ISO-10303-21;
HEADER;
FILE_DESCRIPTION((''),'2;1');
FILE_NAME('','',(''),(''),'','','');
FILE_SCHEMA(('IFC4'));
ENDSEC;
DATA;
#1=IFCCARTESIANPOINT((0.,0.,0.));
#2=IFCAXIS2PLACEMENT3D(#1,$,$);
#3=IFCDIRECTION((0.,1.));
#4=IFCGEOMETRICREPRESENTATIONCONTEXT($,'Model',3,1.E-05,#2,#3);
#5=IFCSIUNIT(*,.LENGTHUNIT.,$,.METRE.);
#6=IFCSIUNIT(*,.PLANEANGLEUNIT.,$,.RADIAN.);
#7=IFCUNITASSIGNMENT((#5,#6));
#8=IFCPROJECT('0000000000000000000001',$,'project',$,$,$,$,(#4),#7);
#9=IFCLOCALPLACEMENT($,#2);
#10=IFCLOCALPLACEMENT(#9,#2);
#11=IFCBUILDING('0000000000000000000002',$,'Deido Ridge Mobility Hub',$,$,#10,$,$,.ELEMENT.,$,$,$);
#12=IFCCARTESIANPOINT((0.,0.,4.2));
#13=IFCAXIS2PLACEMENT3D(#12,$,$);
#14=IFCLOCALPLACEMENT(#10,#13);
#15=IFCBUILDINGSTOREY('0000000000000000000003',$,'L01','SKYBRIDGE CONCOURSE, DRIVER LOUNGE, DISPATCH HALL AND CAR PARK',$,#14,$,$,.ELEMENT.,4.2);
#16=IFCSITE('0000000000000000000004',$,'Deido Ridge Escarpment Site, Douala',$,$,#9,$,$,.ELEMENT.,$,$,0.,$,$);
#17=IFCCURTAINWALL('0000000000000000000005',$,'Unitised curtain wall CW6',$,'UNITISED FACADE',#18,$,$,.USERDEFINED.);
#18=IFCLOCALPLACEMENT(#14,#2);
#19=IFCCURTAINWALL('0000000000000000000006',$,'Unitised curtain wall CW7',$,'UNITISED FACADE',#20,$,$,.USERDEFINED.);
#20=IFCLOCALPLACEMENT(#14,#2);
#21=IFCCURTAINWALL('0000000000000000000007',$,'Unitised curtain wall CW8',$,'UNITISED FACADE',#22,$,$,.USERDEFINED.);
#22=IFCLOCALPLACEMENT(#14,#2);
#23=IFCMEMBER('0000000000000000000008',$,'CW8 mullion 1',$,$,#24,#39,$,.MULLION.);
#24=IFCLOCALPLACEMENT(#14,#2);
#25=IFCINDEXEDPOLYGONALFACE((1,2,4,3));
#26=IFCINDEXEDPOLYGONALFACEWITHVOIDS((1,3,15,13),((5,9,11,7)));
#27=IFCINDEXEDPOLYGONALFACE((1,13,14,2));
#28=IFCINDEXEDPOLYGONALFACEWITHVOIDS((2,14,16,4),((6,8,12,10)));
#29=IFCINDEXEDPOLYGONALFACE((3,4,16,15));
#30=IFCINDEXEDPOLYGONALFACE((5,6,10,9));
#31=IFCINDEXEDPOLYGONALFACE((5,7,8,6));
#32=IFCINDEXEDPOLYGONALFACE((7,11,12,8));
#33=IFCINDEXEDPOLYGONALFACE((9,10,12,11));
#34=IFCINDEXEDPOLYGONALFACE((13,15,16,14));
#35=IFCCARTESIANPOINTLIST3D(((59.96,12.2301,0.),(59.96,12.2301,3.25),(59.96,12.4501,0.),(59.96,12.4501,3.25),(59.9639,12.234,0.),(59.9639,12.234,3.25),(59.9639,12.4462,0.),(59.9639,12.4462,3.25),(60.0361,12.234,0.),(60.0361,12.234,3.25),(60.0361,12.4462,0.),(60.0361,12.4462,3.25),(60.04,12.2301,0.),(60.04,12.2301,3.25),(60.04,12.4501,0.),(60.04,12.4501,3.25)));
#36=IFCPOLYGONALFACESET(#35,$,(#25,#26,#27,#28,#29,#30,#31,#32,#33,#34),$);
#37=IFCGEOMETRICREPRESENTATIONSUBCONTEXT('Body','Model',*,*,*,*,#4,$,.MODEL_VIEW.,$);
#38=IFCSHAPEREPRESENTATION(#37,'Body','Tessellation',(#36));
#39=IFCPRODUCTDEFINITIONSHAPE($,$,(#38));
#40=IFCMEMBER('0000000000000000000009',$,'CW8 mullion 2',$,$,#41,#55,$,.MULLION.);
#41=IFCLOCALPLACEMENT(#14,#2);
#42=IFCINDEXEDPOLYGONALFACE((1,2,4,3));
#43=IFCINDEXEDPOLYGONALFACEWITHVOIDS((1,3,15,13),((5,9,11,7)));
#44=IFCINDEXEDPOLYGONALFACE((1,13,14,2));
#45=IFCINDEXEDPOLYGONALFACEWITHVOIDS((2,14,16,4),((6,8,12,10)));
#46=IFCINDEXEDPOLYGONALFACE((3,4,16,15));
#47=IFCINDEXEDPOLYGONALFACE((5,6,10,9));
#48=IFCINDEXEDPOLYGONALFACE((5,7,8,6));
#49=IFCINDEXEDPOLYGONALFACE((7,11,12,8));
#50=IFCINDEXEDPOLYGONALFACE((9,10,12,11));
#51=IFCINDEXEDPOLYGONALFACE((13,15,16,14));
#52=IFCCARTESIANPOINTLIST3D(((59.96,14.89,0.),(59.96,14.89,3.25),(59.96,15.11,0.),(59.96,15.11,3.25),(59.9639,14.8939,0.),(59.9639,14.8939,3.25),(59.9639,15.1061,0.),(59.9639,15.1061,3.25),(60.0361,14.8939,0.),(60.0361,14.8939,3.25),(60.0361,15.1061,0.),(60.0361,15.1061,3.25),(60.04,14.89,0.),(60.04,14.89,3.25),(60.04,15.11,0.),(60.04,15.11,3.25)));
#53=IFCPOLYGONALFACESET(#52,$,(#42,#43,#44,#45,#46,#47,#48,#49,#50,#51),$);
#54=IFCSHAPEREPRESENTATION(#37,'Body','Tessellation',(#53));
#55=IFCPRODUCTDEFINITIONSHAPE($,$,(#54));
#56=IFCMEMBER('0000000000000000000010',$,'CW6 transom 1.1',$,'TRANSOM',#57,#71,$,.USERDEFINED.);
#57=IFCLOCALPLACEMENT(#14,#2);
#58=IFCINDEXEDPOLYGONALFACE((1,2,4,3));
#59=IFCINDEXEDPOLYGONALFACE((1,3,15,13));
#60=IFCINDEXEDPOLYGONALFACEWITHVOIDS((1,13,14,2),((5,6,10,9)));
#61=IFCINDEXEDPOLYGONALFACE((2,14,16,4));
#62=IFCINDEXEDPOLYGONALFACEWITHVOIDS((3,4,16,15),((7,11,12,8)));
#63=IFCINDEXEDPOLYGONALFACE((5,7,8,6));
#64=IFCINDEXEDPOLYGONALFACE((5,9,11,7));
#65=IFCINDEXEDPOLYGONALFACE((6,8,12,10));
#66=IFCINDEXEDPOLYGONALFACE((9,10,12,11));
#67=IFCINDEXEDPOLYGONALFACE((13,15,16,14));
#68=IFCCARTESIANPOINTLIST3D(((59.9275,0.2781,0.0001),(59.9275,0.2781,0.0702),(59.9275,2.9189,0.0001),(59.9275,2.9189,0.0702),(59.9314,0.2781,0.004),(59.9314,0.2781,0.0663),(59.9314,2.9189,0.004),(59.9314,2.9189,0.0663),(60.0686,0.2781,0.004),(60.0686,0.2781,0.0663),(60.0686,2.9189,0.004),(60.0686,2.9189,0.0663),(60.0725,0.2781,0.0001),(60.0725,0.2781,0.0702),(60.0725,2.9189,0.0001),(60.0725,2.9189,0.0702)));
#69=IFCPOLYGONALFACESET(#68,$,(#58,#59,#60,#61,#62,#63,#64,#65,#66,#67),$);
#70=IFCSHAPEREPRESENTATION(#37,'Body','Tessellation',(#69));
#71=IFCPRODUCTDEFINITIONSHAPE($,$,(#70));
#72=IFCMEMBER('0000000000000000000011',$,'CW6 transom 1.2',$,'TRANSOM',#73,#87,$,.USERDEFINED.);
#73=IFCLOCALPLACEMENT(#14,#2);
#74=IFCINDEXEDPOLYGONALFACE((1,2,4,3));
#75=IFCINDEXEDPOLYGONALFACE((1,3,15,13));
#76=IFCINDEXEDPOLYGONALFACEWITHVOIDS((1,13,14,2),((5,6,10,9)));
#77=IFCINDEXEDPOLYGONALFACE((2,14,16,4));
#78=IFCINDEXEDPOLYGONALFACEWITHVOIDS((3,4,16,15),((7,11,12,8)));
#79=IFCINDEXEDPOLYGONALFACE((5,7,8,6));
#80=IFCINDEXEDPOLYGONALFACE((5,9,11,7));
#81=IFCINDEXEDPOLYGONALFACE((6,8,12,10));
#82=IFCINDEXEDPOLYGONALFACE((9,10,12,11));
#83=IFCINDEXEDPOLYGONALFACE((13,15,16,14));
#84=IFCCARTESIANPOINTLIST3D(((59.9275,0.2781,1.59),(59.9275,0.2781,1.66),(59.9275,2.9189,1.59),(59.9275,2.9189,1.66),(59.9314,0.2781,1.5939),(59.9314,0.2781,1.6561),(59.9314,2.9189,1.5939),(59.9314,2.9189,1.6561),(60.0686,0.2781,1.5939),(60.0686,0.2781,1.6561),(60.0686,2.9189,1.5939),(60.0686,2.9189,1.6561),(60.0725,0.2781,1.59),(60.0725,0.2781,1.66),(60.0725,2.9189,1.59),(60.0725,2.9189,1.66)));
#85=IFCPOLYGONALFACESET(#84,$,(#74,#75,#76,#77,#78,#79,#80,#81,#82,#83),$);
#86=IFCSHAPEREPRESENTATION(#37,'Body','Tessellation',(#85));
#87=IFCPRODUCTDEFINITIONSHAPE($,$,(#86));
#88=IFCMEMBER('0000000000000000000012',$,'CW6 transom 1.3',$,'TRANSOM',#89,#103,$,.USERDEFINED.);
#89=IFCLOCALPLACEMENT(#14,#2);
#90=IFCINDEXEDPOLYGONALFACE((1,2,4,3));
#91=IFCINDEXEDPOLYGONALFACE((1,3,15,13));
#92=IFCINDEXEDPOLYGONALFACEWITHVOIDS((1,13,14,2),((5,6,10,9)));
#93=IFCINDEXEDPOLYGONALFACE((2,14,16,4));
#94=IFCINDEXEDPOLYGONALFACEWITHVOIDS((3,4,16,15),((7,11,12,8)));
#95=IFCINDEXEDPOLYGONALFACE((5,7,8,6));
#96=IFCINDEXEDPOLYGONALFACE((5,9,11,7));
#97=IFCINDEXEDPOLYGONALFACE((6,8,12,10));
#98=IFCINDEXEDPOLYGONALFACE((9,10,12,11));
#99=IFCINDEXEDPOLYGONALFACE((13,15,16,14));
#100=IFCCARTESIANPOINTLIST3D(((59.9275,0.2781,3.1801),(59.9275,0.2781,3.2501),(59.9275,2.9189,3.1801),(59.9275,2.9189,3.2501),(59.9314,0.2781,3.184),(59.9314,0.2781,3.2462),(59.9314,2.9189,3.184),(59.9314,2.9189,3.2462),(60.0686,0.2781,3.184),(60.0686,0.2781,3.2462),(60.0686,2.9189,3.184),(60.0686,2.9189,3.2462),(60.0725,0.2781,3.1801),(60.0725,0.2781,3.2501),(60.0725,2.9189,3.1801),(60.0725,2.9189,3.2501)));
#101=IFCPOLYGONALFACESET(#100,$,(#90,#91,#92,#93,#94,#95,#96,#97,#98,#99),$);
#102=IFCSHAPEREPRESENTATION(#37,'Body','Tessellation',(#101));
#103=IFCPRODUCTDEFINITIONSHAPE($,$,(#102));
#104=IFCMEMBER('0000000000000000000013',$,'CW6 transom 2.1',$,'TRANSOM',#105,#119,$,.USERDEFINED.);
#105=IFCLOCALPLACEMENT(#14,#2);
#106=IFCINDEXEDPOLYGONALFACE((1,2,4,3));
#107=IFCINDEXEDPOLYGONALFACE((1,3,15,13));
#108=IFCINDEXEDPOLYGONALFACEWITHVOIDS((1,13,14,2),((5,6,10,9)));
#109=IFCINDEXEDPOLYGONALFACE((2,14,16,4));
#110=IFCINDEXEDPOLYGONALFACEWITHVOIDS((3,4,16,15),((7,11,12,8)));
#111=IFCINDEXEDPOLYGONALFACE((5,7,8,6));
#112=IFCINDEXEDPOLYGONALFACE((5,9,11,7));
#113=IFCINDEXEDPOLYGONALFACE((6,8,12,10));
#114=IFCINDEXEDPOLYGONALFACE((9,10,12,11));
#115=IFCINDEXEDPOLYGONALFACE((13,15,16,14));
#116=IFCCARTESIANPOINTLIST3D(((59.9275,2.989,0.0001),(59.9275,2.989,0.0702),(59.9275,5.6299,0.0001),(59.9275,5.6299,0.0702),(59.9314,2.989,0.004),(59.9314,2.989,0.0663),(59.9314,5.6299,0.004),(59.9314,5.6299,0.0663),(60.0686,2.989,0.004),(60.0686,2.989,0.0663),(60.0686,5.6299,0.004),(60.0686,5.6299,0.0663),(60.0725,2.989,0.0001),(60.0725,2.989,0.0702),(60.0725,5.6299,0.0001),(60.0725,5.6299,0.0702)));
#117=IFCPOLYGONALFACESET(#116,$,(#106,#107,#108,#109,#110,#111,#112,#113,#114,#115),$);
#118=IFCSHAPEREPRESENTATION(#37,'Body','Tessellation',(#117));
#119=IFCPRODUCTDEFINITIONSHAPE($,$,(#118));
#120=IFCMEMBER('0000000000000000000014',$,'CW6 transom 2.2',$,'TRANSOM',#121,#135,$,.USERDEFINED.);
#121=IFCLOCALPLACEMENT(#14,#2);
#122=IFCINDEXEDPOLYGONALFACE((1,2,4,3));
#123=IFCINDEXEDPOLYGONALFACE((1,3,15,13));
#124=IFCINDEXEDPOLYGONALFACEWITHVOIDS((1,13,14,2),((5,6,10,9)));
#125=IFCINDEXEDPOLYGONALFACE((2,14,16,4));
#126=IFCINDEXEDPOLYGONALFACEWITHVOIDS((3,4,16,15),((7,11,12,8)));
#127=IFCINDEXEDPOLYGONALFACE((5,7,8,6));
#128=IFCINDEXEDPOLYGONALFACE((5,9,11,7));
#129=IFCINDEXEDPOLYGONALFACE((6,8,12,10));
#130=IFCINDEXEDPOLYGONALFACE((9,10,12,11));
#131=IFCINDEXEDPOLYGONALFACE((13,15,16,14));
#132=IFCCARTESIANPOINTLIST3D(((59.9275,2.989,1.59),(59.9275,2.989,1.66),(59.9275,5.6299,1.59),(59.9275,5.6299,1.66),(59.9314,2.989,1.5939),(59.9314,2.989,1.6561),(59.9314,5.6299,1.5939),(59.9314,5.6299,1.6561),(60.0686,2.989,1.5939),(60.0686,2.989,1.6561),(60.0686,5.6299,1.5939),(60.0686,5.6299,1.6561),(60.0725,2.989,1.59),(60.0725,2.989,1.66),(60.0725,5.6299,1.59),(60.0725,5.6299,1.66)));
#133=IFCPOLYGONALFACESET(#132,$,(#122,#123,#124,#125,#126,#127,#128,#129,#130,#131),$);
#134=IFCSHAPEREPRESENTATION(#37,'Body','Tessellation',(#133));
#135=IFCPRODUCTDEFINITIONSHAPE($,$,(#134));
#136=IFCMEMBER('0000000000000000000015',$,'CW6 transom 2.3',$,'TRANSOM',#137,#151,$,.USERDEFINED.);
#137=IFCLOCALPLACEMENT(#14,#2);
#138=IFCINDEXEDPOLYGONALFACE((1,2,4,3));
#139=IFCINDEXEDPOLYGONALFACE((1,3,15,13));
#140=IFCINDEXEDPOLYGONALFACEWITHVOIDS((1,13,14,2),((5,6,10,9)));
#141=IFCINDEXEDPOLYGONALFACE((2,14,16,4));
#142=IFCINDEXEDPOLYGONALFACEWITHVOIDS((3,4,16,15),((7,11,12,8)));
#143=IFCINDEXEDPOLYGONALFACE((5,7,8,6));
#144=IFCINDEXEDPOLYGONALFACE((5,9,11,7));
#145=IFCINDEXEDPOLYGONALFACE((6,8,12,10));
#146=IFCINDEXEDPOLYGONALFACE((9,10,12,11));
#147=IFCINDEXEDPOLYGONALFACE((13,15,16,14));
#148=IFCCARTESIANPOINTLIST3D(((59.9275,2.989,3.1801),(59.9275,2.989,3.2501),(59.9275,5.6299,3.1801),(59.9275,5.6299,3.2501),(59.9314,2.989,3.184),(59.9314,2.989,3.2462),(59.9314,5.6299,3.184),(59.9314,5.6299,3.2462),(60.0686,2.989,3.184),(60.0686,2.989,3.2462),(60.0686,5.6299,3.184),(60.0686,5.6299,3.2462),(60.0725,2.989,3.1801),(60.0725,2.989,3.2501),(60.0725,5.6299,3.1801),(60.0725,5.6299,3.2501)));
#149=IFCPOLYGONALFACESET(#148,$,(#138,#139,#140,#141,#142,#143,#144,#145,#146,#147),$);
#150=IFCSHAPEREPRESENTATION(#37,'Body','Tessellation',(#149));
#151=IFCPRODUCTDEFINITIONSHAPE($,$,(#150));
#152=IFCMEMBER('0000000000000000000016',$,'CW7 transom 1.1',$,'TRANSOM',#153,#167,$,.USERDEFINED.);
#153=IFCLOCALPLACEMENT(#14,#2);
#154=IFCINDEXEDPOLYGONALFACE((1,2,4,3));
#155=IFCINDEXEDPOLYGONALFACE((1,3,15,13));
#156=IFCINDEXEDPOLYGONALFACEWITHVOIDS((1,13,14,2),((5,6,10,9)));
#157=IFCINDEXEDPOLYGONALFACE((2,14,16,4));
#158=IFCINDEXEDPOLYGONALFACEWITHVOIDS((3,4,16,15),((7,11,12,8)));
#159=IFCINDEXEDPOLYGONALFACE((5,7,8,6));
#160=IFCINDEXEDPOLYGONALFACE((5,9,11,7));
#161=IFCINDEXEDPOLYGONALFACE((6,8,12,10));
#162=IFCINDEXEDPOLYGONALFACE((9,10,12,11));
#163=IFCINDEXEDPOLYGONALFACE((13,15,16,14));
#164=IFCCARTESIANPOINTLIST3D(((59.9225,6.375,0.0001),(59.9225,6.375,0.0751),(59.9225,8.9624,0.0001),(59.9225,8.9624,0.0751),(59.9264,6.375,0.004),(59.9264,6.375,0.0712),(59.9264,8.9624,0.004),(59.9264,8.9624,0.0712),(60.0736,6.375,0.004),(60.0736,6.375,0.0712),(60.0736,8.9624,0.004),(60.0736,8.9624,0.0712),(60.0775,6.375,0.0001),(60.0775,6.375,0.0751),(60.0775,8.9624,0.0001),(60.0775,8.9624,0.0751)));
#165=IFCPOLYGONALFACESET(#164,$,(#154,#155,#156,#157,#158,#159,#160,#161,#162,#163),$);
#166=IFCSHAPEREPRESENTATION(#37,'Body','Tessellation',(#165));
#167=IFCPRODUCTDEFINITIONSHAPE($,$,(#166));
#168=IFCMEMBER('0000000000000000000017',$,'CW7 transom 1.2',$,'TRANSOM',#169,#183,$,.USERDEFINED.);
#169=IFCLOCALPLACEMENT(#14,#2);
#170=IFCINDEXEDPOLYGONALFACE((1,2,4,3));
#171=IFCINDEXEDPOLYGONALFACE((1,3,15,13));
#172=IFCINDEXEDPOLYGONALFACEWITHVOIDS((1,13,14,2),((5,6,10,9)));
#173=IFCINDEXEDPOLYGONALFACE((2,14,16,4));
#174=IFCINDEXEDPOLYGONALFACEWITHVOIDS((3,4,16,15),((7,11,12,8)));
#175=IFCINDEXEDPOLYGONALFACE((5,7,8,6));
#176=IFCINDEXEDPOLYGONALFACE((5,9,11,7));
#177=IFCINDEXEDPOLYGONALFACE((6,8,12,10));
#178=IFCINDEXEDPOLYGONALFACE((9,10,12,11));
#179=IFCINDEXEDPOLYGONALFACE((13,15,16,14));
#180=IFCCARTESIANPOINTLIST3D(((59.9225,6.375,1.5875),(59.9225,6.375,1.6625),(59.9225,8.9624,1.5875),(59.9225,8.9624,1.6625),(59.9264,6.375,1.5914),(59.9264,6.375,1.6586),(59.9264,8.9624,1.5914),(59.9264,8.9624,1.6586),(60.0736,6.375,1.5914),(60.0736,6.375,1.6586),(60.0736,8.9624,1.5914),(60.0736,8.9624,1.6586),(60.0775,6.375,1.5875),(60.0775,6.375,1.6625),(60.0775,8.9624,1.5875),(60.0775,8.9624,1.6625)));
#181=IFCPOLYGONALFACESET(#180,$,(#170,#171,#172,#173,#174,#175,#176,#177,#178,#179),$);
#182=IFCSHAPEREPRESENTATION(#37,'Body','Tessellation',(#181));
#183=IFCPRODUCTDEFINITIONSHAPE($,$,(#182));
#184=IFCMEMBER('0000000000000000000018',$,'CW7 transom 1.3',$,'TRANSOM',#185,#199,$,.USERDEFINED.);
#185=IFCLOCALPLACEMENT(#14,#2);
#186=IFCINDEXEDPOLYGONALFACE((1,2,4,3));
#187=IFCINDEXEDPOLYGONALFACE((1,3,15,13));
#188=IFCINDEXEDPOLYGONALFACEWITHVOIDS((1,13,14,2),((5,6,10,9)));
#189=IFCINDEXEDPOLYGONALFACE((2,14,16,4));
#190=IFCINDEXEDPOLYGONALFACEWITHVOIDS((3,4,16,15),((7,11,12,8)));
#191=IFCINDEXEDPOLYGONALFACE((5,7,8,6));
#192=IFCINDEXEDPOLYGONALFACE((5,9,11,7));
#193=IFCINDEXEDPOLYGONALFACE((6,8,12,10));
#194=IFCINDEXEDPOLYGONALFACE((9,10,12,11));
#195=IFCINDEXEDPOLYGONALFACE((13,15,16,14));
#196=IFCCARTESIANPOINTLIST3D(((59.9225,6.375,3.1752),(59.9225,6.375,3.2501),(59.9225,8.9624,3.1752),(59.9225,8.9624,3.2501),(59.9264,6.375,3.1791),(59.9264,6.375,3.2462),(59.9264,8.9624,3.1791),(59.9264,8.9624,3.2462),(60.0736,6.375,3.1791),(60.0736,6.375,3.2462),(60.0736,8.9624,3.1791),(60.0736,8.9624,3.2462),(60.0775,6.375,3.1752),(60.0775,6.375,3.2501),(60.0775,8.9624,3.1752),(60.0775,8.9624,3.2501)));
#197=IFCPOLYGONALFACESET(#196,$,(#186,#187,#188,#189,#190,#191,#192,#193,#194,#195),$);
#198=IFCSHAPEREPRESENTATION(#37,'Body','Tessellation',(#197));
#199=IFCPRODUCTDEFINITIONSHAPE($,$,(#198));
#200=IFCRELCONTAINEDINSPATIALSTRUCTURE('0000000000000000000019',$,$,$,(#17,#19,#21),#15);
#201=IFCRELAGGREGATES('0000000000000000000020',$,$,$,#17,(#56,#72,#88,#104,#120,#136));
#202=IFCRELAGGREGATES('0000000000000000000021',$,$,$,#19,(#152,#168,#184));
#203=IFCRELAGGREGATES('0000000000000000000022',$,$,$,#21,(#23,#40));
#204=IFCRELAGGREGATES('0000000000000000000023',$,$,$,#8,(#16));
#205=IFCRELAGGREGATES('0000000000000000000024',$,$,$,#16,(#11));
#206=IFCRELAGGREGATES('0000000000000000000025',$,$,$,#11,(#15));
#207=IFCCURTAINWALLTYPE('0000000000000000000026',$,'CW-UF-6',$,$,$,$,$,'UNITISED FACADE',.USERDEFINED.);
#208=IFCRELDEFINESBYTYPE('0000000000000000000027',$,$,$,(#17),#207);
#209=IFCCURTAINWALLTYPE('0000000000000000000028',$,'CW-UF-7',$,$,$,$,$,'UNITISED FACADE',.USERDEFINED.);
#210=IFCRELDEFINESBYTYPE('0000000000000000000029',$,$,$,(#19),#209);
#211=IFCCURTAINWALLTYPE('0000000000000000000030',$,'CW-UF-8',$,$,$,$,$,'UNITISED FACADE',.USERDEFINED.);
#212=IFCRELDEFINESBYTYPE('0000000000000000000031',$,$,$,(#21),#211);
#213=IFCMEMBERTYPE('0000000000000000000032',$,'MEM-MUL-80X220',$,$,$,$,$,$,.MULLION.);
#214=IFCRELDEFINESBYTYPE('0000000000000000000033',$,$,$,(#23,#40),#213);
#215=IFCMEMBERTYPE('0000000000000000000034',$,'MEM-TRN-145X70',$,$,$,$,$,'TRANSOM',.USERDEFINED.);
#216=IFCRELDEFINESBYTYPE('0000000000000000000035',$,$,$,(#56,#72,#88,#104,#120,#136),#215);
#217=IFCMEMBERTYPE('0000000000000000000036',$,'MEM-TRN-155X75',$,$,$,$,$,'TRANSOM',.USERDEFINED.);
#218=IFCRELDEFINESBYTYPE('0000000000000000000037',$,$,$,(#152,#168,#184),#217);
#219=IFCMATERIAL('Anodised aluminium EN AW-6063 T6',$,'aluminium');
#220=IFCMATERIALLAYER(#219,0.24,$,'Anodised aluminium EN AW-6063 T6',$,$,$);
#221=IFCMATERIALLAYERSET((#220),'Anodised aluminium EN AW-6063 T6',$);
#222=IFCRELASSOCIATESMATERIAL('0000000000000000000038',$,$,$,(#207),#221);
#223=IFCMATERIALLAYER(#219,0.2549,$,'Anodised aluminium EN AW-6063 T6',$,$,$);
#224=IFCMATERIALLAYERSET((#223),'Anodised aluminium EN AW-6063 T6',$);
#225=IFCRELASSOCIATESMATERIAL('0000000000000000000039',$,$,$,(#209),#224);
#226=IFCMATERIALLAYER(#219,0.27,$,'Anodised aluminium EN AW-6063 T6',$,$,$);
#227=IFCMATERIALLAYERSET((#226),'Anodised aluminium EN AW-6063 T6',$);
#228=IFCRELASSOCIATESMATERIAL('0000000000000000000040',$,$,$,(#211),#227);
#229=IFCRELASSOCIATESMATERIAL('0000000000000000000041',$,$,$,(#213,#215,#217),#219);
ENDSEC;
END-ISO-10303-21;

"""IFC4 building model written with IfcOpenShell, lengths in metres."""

from ifc_helpers import new_model, si_unit, direction, frame, origin, origin_2d, place, context, subcontext, project, spatial, hollow_rectangle, extrude, material, layer, layer_set, material_profile, profile_set, type_object, element, aggregate, save


model = new_model("IFC4")

# Units and contexts
model_context = context("Model", 3, precision=1e-05, world=origin(), true_north=direction((0.0, 1.0)))
body_context = subcontext(model_context, "Body", "Model", "MODEL_VIEW")
ifc_project = project(units=[si_unit("LENGTHUNIT", "METRE"), si_unit("PLANEANGLEUNIT", "RADIAN")], contexts=[model_context])

# Site, building, storey
site_placement = place(None, origin())
site = spatial("IfcSite", under=ifc_project, at=site_placement, Name="Deido Ridge Escarpment Site, Douala", CompositionType="ELEMENT", RefElevation=0.0)
building_placement = place(site_placement, origin())
building = spatial("IfcBuilding", under=site, at=building_placement, Name="Deido Ridge Mobility Hub", CompositionType="ELEMENT")
storey_placement = place(building_placement, frame((0.0, 0.0, 4.2)))
storey = spatial("IfcBuildingStorey", under=building, at=storey_placement, Name="L01", Description="SKYBRIDGE CONCOURSE, DRIVER LOUNGE, DISPATCH HALL AND CAR PARK", CompositionType="ELEMENT", Elevation=4.2)

# Curtain walls, members
ifc_material_1 = material(Name="Anodised aluminium EN AW-6063 T6", Category="aluminium")
ifc_layer_1 = layer(ifc_material_1, 0.24, Name="Anodised aluminium EN AW-6063 T6")
ifc_layer_set_1 = layer_set([ifc_layer_1], Name="Anodised aluminium EN AW-6063 T6")
curtain_wall_type_1 = type_object("IfcCurtainWallType", Name="CW-UF-6", ElementType="UNITISED FACADE", PredefinedType="USERDEFINED", material=ifc_layer_set_1)
curtain_wall_1_placement = place(storey_placement, origin())
curtain_wall_1 = element("IfcCurtainWall", 1, at=curtain_wall_1_placement, inside=storey, type_object=curtain_wall_type_1, Name="Unitised curtain wall CW6", ObjectType="UNITISED FACADE", PredefinedType="USERDEFINED")
ifc_layer_2 = layer(ifc_material_1, 0.2549, Name="Anodised aluminium EN AW-6063 T6")
ifc_layer_set_2 = layer_set([ifc_layer_2], Name="Anodised aluminium EN AW-6063 T6")
curtain_wall_type_2 = type_object("IfcCurtainWallType", Name="CW-UF-7", ElementType="UNITISED FACADE", PredefinedType="USERDEFINED", material=ifc_layer_set_2)
curtain_wall_2_placement = place(storey_placement, origin())
curtain_wall_2 = element("IfcCurtainWall", 2, at=curtain_wall_2_placement, inside=storey, type_object=curtain_wall_type_2, Name="Unitised curtain wall CW7", ObjectType="UNITISED FACADE", PredefinedType="USERDEFINED")
ifc_layer_3 = layer(ifc_material_1, 0.27, Name="Anodised aluminium EN AW-6063 T6")
ifc_layer_set_3 = layer_set([ifc_layer_3], Name="Anodised aluminium EN AW-6063 T6")
curtain_wall_type_3 = type_object("IfcCurtainWallType", Name="CW-UF-8", ElementType="UNITISED FACADE", PredefinedType="USERDEFINED", material=ifc_layer_set_3)
curtain_wall_3_placement = place(storey_placement, origin())
curtain_wall_3 = element("IfcCurtainWall", 3, at=curtain_wall_3_placement, inside=storey, type_object=curtain_wall_type_3, Name="Unitised curtain wall CW8", ObjectType="UNITISED FACADE", PredefinedType="USERDEFINED")
ifc_material_profile_1 = material_profile(ifc_material_1, hollow_rectangle(XDim=0.0801, YDim=0.22, WallThickness=0.0039, at=origin_2d()), Name="RHS 80x220x4")
ifc_profile_set_1 = profile_set([ifc_material_profile_1], Name="Anodised aluminium EN AW-6063 T6")
member_type_1 = type_object("IfcMemberType", Name="MEM-MUL-80X220", PredefinedType="MULLION", material=ifc_profile_set_1)
member_1_placement = place(storey_placement, frame((60.0, 12.3401, 0.0), z_axis=(0.0, 0.0, 1.0), x_axis=(-1.0, 0.0, 0.0)))
member_1 = element("IfcMember", 4, at=member_1_placement, type_object=member_type_1, Name="CW8 mullion 1", PredefinedType="MULLION", context=body_context, shape_type="SweptSolid", body=[
    extrude(hollow_rectangle(XDim=0.0801, YDim=0.22, WallThickness=0.0039, at=origin_2d()), origin(), (0.0, 0.0, 1.0), 3.25),
])
member_2_placement = place(storey_placement, frame((60.0, 15.0, 0.0), z_axis=(0.0, 0.0, 1.0), x_axis=(-1.0, 0.0, 0.0)))
member_2 = element("IfcMember", 5, at=member_2_placement, type_object=member_type_1, Name="CW8 mullion 2", PredefinedType="MULLION", context=body_context, shape_type="SweptSolid", body=[
    extrude(hollow_rectangle(XDim=0.0801, YDim=0.22, WallThickness=0.0039, at=origin_2d()), origin(), (0.0, 0.0, 1.0), 3.25),
])

# Members
ifc_material_profile_2 = material_profile(ifc_material_1, hollow_rectangle(XDim=0.145, YDim=0.0701, WallThickness=0.0039, at=origin_2d()), Name="RHS 145x70x4")
ifc_profile_set_2 = profile_set([ifc_material_profile_2], Name="Anodised aluminium EN AW-6063 T6")
member_type_2 = type_object("IfcMemberType", Name="MEM-TRN-145X70", ElementType="TRANSOM", PredefinedType="USERDEFINED", material=ifc_profile_set_2)
member_3_placement = place(storey_placement, frame((60.0, 0.2781, 0.0352), z_axis=(0.0, 1.0, 0.0), x_axis=(-1.0, 0.0, 0.0)))
member_3 = element("IfcMember", 6, at=member_3_placement, type_object=member_type_2, Name="CW6 transom 1.1", ObjectType="TRANSOM", PredefinedType="USERDEFINED", context=body_context, shape_type="SweptSolid", body=[
    extrude(hollow_rectangle(XDim=0.145, YDim=0.0701, WallThickness=0.0039, at=origin_2d()), origin(), (0.0, 0.0, 1.0), 2.6409),
])
member_4_placement = place(storey_placement, frame((60.0, 0.2781, 1.625), z_axis=(0.0, 1.0, 0.0), x_axis=(-1.0, 0.0, 0.0)))
member_4 = element("IfcMember", 7, at=member_4_placement, type_object=member_type_2, Name="CW6 transom 1.2", ObjectType="TRANSOM", PredefinedType="USERDEFINED", context=body_context, shape_type="SweptSolid", body=[
    extrude(hollow_rectangle(XDim=0.145, YDim=0.0701, WallThickness=0.0039, at=origin_2d()), origin(), (0.0, 0.0, 1.0), 2.6409),
])
member_5_placement = place(storey_placement, frame((60.0, 0.2781, 3.2151), z_axis=(0.0, 1.0, 0.0), x_axis=(-1.0, 0.0, 0.0)))
member_5 = element("IfcMember", 8, at=member_5_placement, type_object=member_type_2, Name="CW6 transom 1.3", ObjectType="TRANSOM", PredefinedType="USERDEFINED", context=body_context, shape_type="SweptSolid", body=[
    extrude(hollow_rectangle(XDim=0.145, YDim=0.0701, WallThickness=0.0039, at=origin_2d()), origin(), (0.0, 0.0, 1.0), 2.6409),
])
member_6_placement = place(storey_placement, frame((60.0, 2.989, 0.0352), z_axis=(0.0, 1.0, 0.0), x_axis=(-1.0, 0.0, 0.0)))
member_6 = element("IfcMember", 9, at=member_6_placement, type_object=member_type_2, Name="CW6 transom 2.1", ObjectType="TRANSOM", PredefinedType="USERDEFINED", context=body_context, shape_type="SweptSolid", body=[
    extrude(hollow_rectangle(XDim=0.145, YDim=0.0701, WallThickness=0.0039, at=origin_2d()), origin(), (0.0, 0.0, 1.0), 2.6409),
])
member_7_placement = place(storey_placement, frame((60.0, 2.989, 1.625), z_axis=(0.0, 1.0, 0.0), x_axis=(-1.0, 0.0, 0.0)))
member_7 = element("IfcMember", 10, at=member_7_placement, type_object=member_type_2, Name="CW6 transom 2.2", ObjectType="TRANSOM", PredefinedType="USERDEFINED", context=body_context, shape_type="SweptSolid", body=[
    extrude(hollow_rectangle(XDim=0.145, YDim=0.0701, WallThickness=0.0039, at=origin_2d()), origin(), (0.0, 0.0, 1.0), 2.6409),
])
member_8_placement = place(storey_placement, frame((60.0, 2.989, 3.2151), z_axis=(0.0, 1.0, 0.0), x_axis=(-1.0, 0.0, 0.0)))
member_8 = element("IfcMember", 11, at=member_8_placement, type_object=member_type_2, Name="CW6 transom 2.3", ObjectType="TRANSOM", PredefinedType="USERDEFINED", context=body_context, shape_type="SweptSolid", body=[
    extrude(hollow_rectangle(XDim=0.145, YDim=0.0701, WallThickness=0.0039, at=origin_2d()), origin(), (0.0, 0.0, 1.0), 2.6409),
])
ifc_material_profile_3 = material_profile(ifc_material_1, hollow_rectangle(XDim=0.155, YDim=0.075, WallThickness=0.0039, at=origin_2d()), Name="RHS 155x75x4")
ifc_profile_set_3 = profile_set([ifc_material_profile_3], Name="Anodised aluminium EN AW-6063 T6")
member_type_3 = type_object("IfcMemberType", Name="MEM-TRN-155X75", ElementType="TRANSOM", PredefinedType="USERDEFINED", material=ifc_profile_set_3)
member_9_placement = place(storey_placement, frame((60.0, 6.375, 0.0376), z_axis=(0.0, 1.0, 0.0), x_axis=(-1.0, 0.0, 0.0)))
member_9 = element("IfcMember", 12, at=member_9_placement, type_object=member_type_3, Name="CW7 transom 1.1", ObjectType="TRANSOM", PredefinedType="USERDEFINED", context=body_context, shape_type="SweptSolid", body=[
    extrude(hollow_rectangle(XDim=0.155, YDim=0.075, WallThickness=0.0039, at=origin_2d()), origin(), (0.0, 0.0, 1.0), 2.5874),
])
member_10_placement = place(storey_placement, frame((60.0, 6.375, 1.625), z_axis=(0.0, 1.0, 0.0), x_axis=(-1.0, 0.0, 0.0)))
member_10 = element("IfcMember", 13, at=member_10_placement, type_object=member_type_3, Name="CW7 transom 1.2", ObjectType="TRANSOM", PredefinedType="USERDEFINED", context=body_context, shape_type="SweptSolid", body=[
    extrude(hollow_rectangle(XDim=0.155, YDim=0.075, WallThickness=0.0039, at=origin_2d()), origin(), (0.0, 0.0, 1.0), 2.5874),
])
member_11_placement = place(storey_placement, frame((60.0, 6.375, 3.2126), z_axis=(0.0, 1.0, 0.0), x_axis=(-1.0, 0.0, 0.0)))
member_11 = element("IfcMember", 14, at=member_11_placement, type_object=member_type_3, Name="CW7 transom 1.3", ObjectType="TRANSOM", PredefinedType="USERDEFINED", context=body_context, shape_type="SweptSolid", body=[
    extrude(hollow_rectangle(XDim=0.155, YDim=0.075, WallThickness=0.0039, at=origin_2d()), origin(), (0.0, 0.0, 1.0), 2.5874),
])

aggregate(curtain_wall_1, [member_3, member_4, member_5, member_6, member_7, member_8])
aggregate(curtain_wall_2, [member_9, member_10, member_11])
aggregate(curtain_wall_3, [member_1, member_2])

save(model, "model.ifc")
